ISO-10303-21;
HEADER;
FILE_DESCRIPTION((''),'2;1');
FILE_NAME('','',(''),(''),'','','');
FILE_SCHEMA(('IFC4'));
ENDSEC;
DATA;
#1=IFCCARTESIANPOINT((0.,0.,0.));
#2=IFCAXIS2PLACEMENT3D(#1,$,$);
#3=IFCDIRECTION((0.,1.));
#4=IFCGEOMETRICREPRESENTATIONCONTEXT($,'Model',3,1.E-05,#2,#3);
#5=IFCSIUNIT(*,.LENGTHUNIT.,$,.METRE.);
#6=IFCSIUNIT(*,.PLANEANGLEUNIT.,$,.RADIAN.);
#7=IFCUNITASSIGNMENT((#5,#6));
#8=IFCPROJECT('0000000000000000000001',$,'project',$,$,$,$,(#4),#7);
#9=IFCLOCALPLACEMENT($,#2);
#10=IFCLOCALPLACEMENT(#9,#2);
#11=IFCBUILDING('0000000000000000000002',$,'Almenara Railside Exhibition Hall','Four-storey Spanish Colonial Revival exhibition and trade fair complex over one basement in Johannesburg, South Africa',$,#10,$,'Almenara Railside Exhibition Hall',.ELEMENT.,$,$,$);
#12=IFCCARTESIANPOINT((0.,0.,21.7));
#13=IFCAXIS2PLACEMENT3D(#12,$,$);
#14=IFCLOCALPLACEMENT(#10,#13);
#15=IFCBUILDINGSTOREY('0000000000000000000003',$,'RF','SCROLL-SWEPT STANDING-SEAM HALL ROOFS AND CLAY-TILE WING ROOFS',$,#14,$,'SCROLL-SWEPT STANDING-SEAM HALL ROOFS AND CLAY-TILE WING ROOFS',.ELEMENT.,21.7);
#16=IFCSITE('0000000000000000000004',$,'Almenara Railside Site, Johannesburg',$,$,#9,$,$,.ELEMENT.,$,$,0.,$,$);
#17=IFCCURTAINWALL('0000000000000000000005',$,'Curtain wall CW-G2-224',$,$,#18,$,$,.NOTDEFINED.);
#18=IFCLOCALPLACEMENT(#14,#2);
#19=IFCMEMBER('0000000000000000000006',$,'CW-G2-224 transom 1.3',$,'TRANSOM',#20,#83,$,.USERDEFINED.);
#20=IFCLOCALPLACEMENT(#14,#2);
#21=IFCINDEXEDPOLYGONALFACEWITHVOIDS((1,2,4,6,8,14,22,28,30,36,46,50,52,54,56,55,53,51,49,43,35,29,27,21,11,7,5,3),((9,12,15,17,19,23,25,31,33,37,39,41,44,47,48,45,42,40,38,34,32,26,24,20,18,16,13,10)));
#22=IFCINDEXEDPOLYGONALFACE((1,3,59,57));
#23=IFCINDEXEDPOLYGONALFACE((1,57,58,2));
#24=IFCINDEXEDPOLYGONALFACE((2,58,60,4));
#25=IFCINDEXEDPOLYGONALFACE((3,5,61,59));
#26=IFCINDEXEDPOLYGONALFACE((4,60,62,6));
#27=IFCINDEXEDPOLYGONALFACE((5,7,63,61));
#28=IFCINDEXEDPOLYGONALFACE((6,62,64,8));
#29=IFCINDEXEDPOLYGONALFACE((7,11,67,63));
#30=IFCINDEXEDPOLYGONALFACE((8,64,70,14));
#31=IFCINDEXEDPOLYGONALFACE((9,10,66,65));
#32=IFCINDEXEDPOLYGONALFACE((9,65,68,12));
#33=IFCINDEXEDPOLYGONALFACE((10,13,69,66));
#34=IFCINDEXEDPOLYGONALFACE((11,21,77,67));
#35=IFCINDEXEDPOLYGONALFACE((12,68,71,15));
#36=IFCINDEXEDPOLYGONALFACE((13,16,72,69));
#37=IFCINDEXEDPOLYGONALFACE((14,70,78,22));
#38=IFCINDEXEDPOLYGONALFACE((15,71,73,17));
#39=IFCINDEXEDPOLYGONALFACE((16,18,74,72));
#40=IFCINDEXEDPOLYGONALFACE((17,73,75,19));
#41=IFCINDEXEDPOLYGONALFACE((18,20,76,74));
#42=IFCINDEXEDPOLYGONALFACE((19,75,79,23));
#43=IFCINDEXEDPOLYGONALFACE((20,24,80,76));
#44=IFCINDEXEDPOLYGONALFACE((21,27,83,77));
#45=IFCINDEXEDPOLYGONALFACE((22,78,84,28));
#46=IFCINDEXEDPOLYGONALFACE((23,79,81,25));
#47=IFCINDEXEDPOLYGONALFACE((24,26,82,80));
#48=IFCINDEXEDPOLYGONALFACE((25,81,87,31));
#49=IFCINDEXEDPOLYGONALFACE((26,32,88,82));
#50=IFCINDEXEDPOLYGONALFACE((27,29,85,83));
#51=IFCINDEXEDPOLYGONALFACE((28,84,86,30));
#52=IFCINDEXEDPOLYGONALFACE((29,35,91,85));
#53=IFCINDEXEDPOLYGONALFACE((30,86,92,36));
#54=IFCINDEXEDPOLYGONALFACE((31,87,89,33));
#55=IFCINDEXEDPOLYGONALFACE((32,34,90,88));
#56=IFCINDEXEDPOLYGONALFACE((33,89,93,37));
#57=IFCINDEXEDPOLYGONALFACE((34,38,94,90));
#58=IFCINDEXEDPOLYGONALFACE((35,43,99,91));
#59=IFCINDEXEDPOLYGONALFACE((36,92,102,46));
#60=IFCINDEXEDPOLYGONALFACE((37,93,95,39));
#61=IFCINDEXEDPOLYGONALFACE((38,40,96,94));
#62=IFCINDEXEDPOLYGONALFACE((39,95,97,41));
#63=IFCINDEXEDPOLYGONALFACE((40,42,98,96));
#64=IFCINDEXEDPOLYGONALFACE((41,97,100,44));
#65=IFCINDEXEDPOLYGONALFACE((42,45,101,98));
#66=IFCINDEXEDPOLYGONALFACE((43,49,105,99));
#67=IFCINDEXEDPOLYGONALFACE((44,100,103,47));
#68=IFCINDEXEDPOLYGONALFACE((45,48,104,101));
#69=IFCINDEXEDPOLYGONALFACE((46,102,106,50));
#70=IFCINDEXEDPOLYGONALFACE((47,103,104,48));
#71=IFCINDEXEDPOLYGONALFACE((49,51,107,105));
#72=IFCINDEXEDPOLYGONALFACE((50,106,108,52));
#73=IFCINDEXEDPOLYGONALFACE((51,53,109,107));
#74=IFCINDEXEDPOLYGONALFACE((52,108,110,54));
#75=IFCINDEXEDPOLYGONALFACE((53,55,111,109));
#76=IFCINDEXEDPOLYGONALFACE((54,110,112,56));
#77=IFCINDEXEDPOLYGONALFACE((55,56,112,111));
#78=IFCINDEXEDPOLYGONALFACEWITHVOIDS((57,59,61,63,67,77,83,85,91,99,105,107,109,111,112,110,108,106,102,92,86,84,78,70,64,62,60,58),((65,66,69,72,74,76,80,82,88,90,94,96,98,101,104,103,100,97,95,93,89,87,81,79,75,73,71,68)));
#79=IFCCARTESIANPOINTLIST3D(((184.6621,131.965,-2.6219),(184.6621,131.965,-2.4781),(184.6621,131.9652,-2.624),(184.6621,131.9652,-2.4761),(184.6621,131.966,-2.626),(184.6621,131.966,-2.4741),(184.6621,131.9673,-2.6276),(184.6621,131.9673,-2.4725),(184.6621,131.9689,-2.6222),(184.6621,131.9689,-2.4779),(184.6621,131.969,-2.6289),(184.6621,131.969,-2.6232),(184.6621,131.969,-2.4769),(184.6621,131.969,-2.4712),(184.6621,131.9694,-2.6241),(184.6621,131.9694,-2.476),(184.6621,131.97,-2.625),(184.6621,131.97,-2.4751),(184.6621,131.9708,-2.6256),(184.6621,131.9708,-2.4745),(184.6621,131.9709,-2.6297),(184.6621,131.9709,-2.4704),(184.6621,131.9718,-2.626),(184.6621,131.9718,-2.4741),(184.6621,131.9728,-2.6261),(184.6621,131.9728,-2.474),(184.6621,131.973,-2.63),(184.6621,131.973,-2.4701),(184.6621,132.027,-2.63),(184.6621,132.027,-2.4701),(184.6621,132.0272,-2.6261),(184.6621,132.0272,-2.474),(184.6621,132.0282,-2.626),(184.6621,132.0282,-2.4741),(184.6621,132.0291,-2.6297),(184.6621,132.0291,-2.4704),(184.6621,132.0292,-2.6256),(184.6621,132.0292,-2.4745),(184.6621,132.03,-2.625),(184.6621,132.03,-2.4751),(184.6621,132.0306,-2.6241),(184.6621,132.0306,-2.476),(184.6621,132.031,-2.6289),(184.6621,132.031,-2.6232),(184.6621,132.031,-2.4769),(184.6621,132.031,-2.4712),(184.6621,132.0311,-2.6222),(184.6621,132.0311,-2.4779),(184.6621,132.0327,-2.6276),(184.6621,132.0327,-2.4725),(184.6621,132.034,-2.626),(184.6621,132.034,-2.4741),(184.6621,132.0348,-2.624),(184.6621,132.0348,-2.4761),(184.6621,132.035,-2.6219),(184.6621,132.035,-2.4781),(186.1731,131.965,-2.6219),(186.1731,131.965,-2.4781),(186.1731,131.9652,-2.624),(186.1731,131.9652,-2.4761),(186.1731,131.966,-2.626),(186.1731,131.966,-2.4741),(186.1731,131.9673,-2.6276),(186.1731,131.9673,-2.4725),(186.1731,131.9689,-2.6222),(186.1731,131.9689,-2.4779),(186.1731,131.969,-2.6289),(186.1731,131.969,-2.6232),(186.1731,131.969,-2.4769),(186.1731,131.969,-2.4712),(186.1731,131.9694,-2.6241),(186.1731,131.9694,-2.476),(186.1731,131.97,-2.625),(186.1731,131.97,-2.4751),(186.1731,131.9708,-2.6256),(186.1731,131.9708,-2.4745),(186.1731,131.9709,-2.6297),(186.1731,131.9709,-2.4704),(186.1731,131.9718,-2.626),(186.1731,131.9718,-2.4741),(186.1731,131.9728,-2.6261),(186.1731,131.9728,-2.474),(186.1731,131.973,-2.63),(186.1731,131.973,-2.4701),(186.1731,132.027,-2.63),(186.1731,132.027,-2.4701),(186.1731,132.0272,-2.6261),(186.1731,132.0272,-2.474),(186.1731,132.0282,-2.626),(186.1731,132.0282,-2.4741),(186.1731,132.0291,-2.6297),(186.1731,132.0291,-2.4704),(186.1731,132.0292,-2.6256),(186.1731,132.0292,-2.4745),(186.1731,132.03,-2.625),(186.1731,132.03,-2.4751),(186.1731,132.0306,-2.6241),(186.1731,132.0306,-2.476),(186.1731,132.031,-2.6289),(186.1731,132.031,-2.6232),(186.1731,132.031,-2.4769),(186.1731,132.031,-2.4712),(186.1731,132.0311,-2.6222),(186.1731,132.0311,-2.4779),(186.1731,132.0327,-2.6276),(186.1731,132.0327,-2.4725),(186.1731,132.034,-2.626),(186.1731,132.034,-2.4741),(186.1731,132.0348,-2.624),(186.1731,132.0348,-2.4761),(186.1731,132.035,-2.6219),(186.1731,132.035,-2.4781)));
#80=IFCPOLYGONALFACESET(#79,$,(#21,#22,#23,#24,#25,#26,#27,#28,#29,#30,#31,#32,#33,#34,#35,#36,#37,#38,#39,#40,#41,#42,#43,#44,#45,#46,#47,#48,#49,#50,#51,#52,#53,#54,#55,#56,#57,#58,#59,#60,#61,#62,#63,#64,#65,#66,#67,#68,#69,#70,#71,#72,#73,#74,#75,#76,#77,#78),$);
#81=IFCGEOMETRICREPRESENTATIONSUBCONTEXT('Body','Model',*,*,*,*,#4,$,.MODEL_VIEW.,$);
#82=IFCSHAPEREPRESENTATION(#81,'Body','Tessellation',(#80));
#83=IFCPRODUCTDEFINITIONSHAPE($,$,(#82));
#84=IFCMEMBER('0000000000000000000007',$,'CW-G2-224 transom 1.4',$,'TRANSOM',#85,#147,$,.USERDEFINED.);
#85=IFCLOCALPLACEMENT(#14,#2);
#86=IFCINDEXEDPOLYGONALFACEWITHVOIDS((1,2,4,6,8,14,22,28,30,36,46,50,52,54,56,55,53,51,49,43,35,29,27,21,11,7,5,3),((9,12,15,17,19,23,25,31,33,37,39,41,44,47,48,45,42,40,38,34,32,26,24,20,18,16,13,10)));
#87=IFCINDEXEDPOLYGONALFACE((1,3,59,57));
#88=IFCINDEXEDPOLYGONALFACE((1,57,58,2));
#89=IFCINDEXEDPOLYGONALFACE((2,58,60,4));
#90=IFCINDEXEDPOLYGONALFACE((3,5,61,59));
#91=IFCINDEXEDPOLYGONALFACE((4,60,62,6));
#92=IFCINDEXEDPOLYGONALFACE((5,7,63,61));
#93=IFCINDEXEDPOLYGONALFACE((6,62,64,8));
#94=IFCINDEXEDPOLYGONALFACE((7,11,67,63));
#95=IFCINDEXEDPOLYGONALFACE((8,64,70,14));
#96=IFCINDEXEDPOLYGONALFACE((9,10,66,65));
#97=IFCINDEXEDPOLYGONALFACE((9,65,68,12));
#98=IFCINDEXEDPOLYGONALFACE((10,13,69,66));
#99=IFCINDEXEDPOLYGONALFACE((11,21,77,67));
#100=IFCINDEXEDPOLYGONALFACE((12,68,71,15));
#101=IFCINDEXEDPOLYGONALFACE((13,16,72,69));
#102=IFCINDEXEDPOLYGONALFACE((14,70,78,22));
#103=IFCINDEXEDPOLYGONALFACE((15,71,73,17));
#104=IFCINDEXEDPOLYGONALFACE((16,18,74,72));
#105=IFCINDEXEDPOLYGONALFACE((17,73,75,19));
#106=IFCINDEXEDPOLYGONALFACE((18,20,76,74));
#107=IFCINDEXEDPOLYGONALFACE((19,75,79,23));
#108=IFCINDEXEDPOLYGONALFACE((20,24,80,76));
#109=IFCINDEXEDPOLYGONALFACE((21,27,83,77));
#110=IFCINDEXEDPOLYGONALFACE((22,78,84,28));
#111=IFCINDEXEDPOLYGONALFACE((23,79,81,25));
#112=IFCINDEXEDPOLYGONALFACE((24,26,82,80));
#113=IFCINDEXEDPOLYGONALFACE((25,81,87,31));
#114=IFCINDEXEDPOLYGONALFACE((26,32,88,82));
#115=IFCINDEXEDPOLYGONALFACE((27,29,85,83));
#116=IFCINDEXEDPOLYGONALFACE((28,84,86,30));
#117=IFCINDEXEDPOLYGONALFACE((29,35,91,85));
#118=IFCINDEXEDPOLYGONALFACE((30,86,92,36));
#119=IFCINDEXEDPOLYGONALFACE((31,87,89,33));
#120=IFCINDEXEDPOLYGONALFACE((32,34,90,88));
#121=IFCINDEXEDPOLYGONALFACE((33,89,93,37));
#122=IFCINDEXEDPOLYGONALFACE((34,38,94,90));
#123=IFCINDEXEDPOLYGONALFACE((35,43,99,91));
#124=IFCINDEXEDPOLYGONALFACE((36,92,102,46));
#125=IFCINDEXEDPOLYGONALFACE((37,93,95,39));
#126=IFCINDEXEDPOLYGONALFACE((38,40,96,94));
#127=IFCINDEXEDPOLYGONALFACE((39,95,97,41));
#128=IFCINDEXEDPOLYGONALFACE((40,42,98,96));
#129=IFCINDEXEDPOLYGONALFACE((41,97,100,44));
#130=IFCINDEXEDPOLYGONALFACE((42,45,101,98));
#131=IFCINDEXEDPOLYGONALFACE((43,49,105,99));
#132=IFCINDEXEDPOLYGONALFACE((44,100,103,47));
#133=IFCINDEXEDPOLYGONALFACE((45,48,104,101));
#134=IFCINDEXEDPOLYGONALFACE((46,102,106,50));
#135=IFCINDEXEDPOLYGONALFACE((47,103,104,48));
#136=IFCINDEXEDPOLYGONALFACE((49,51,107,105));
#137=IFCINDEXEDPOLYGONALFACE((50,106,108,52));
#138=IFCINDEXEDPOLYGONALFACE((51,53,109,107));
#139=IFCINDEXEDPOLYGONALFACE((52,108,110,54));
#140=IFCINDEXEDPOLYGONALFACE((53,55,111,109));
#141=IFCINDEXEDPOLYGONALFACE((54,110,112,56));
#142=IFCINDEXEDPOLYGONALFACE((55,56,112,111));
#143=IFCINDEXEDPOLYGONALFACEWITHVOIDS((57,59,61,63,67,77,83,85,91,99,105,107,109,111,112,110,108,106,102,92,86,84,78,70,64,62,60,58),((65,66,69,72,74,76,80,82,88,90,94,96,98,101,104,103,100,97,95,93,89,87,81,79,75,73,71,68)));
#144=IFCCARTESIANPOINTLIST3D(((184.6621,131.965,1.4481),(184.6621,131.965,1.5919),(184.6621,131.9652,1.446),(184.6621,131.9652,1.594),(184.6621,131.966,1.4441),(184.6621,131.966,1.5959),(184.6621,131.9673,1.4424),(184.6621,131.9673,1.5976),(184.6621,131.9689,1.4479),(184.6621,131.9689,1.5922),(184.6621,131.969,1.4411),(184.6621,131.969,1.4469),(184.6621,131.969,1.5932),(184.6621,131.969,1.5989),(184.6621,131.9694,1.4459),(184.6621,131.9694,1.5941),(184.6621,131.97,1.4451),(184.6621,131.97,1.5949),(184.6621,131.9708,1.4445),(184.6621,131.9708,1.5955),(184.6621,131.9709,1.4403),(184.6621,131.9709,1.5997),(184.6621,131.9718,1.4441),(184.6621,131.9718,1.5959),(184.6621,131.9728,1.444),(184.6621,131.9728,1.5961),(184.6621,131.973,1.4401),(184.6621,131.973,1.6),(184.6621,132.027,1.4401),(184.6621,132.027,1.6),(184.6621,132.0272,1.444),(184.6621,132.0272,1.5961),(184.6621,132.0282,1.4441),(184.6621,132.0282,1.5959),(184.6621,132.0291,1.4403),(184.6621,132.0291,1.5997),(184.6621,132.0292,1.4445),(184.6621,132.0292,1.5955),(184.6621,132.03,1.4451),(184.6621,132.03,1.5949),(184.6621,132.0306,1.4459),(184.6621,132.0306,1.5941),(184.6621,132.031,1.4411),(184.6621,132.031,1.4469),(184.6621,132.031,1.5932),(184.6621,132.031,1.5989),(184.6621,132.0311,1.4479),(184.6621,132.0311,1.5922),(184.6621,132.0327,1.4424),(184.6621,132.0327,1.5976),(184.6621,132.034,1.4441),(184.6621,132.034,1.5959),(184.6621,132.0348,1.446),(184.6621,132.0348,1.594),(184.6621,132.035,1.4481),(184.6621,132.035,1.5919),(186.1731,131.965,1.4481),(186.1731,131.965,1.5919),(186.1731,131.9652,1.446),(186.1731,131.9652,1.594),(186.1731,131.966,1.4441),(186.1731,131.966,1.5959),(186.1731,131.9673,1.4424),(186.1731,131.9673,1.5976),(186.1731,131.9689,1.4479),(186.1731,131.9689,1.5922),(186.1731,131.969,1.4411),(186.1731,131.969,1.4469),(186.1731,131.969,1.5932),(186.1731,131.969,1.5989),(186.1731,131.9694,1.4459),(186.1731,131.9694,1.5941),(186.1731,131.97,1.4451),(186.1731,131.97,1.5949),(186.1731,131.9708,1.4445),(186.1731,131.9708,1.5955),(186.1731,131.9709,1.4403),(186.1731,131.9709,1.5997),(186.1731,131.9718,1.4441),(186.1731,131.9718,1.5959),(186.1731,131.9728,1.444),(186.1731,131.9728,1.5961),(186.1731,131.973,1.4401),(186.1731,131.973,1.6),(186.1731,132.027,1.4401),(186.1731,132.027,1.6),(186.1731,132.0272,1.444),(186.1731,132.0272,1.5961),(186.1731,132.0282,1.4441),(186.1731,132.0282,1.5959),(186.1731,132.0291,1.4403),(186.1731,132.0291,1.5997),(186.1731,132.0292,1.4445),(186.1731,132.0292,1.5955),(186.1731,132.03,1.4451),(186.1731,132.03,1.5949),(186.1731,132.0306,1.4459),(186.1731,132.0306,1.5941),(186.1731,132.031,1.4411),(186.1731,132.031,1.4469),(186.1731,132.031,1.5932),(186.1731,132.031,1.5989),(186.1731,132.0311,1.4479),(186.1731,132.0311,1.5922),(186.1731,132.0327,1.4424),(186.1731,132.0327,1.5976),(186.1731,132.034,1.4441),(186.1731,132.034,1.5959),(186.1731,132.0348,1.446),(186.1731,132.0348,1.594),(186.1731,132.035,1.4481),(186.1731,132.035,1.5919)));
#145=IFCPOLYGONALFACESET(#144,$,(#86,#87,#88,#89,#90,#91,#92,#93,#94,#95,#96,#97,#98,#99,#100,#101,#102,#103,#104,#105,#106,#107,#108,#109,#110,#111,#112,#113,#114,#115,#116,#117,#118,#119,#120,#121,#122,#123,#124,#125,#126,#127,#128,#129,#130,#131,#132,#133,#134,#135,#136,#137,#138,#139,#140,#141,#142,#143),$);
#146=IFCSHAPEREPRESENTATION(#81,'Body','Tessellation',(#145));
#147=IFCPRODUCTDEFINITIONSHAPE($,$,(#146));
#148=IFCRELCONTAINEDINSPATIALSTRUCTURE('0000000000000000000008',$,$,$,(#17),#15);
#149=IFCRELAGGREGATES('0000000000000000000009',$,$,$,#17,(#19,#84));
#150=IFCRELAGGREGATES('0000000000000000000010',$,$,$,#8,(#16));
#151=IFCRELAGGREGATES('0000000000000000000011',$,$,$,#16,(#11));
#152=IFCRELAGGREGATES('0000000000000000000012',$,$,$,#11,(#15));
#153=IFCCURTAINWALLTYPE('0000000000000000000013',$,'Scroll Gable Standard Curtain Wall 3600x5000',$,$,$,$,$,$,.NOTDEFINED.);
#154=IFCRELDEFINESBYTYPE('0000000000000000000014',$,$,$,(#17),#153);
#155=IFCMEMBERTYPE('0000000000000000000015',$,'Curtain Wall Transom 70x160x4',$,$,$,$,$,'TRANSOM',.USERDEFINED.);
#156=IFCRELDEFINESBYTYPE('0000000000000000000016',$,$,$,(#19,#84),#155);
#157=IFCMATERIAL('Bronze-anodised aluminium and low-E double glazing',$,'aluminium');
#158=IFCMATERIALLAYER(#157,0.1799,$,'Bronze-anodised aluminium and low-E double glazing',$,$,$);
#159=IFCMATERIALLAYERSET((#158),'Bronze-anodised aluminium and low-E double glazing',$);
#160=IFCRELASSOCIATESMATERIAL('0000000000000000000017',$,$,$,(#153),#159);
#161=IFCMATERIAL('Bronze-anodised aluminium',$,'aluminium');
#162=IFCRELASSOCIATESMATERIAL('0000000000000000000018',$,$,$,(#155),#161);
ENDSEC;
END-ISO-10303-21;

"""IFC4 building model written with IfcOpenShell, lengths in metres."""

from ifc_helpers import new_model, si_unit, direction, frame, origin, origin_2d, place, context, subcontext, project, spatial, hollow_rectangle, extrude, material, layer, layer_set, material_profile, profile_set, type_object, element, aggregate, save


model = new_model("IFC4")

# Units and contexts
model_context = context("Model", 3, precision=1e-05, world=origin(), true_north=direction((0.0, 1.0)))
body_context = subcontext(model_context, "Body", "Model", "MODEL_VIEW")
ifc_project = project(units=[si_unit("LENGTHUNIT", "METRE"), si_unit("PLANEANGLEUNIT", "RADIAN")], contexts=[model_context])

# Site, building, storey
site_placement = place(None, origin())
site = spatial("IfcSite", under=ifc_project, at=site_placement, Name="Almenara Railside Site, Johannesburg", CompositionType="ELEMENT", RefElevation=0.0)
building_placement = place(site_placement, origin())
building = spatial("IfcBuilding", under=site, at=building_placement, Name="Almenara Railside Exhibition Hall", Description="Four-storey Spanish Colonial Revival exhibition and trade fair complex over one basement in Johannesburg, South Africa", LongName="Almenara Railside Exhibition Hall", CompositionType="ELEMENT")
storey_placement = place(building_placement, frame((0.0, 0.0, 21.7)))
storey = spatial("IfcBuildingStorey", under=building, at=storey_placement, Name="RF", Description="SCROLL-SWEPT STANDING-SEAM HALL ROOFS AND CLAY-TILE WING ROOFS", LongName="SCROLL-SWEPT STANDING-SEAM HALL ROOFS AND CLAY-TILE WING ROOFS", CompositionType="ELEMENT", Elevation=21.7)

# Curtain wall
ifc_material_1 = material(Name="Bronze-anodised aluminium and low-E double glazing", Category="aluminium")
ifc_material_2 = material(Name="Bronze-anodised aluminium", Category="aluminium")
ifc_layer_1 = layer(ifc_material_1, 0.1799, Name="Bronze-anodised aluminium and low-E double glazing")
ifc_layer_set_1 = layer_set([ifc_layer_1], Name="Bronze-anodised aluminium and low-E double glazing")
curtain_wall_type_1 = type_object("IfcCurtainWallType", Name="Scroll Gable Standard Curtain Wall 3600x5000", PredefinedType="NOTDEFINED", material=ifc_layer_set_1)
curtain_wall_1_placement = place(storey_placement, origin())
curtain_wall_1 = element("IfcCurtainWall", 1, at=curtain_wall_1_placement, inside=storey, type_object=curtain_wall_type_1, Name="Curtain wall CW-G2-224", PredefinedType="NOTDEFINED")

# Members
ifc_material_profile_1 = material_profile(ifc_material_2, hollow_rectangle(XDim=0.0701, YDim=0.1599, WallThickness=0.0039, InnerFilletRadius=0.0039, OuterFilletRadius=0.0081, at=origin_2d()), Name="ALU-TRN 70x160x4")
ifc_profile_set_1 = profile_set([ifc_material_profile_1], Name="Bronze-anodised aluminium")
member_type_1 = type_object("IfcMemberType", Name="Curtain Wall Transom 70x160x4", ElementType="TRANSOM", PredefinedType="USERDEFINED", material=ifc_profile_set_1)
member_1_placement = place(storey_placement, frame((184.6621, 132.0, -2.55), z_axis=(1.0, 0.0, 0.0), x_axis=(0.0, 1.0, 0.0)))
member_1 = element("IfcMember", 2, at=member_1_placement, type_object=member_type_1, Name="CW-G2-224 transom 1.3", ObjectType="TRANSOM", PredefinedType="USERDEFINED", context=body_context, shape_type="SweptSolid", body=[
    extrude(hollow_rectangle(XDim=0.0701, YDim=0.1599, WallThickness=0.0039, InnerFilletRadius=0.0039, OuterFilletRadius=0.0081, at=origin_2d()), origin(), (0.0, 0.0, 1.0), 1.511),
])
member_2_placement = place(storey_placement, frame((184.6621, 132.0, 1.52), z_axis=(1.0, 0.0, 0.0), x_axis=(0.0, 1.0, 0.0)))
member_2 = element("IfcMember", 3, at=member_2_placement, type_object=member_type_1, Name="CW-G2-224 transom 1.4", ObjectType="TRANSOM", PredefinedType="USERDEFINED", context=body_context, shape_type="SweptSolid", body=[
    extrude(hollow_rectangle(XDim=0.0701, YDim=0.1599, WallThickness=0.0039, InnerFilletRadius=0.0039, OuterFilletRadius=0.0081, at=origin_2d()), origin(), (0.0, 0.0, 1.0), 1.511),
])

aggregate(curtain_wall_1, [member_1, member_2])

save(model, "model.ifc")
